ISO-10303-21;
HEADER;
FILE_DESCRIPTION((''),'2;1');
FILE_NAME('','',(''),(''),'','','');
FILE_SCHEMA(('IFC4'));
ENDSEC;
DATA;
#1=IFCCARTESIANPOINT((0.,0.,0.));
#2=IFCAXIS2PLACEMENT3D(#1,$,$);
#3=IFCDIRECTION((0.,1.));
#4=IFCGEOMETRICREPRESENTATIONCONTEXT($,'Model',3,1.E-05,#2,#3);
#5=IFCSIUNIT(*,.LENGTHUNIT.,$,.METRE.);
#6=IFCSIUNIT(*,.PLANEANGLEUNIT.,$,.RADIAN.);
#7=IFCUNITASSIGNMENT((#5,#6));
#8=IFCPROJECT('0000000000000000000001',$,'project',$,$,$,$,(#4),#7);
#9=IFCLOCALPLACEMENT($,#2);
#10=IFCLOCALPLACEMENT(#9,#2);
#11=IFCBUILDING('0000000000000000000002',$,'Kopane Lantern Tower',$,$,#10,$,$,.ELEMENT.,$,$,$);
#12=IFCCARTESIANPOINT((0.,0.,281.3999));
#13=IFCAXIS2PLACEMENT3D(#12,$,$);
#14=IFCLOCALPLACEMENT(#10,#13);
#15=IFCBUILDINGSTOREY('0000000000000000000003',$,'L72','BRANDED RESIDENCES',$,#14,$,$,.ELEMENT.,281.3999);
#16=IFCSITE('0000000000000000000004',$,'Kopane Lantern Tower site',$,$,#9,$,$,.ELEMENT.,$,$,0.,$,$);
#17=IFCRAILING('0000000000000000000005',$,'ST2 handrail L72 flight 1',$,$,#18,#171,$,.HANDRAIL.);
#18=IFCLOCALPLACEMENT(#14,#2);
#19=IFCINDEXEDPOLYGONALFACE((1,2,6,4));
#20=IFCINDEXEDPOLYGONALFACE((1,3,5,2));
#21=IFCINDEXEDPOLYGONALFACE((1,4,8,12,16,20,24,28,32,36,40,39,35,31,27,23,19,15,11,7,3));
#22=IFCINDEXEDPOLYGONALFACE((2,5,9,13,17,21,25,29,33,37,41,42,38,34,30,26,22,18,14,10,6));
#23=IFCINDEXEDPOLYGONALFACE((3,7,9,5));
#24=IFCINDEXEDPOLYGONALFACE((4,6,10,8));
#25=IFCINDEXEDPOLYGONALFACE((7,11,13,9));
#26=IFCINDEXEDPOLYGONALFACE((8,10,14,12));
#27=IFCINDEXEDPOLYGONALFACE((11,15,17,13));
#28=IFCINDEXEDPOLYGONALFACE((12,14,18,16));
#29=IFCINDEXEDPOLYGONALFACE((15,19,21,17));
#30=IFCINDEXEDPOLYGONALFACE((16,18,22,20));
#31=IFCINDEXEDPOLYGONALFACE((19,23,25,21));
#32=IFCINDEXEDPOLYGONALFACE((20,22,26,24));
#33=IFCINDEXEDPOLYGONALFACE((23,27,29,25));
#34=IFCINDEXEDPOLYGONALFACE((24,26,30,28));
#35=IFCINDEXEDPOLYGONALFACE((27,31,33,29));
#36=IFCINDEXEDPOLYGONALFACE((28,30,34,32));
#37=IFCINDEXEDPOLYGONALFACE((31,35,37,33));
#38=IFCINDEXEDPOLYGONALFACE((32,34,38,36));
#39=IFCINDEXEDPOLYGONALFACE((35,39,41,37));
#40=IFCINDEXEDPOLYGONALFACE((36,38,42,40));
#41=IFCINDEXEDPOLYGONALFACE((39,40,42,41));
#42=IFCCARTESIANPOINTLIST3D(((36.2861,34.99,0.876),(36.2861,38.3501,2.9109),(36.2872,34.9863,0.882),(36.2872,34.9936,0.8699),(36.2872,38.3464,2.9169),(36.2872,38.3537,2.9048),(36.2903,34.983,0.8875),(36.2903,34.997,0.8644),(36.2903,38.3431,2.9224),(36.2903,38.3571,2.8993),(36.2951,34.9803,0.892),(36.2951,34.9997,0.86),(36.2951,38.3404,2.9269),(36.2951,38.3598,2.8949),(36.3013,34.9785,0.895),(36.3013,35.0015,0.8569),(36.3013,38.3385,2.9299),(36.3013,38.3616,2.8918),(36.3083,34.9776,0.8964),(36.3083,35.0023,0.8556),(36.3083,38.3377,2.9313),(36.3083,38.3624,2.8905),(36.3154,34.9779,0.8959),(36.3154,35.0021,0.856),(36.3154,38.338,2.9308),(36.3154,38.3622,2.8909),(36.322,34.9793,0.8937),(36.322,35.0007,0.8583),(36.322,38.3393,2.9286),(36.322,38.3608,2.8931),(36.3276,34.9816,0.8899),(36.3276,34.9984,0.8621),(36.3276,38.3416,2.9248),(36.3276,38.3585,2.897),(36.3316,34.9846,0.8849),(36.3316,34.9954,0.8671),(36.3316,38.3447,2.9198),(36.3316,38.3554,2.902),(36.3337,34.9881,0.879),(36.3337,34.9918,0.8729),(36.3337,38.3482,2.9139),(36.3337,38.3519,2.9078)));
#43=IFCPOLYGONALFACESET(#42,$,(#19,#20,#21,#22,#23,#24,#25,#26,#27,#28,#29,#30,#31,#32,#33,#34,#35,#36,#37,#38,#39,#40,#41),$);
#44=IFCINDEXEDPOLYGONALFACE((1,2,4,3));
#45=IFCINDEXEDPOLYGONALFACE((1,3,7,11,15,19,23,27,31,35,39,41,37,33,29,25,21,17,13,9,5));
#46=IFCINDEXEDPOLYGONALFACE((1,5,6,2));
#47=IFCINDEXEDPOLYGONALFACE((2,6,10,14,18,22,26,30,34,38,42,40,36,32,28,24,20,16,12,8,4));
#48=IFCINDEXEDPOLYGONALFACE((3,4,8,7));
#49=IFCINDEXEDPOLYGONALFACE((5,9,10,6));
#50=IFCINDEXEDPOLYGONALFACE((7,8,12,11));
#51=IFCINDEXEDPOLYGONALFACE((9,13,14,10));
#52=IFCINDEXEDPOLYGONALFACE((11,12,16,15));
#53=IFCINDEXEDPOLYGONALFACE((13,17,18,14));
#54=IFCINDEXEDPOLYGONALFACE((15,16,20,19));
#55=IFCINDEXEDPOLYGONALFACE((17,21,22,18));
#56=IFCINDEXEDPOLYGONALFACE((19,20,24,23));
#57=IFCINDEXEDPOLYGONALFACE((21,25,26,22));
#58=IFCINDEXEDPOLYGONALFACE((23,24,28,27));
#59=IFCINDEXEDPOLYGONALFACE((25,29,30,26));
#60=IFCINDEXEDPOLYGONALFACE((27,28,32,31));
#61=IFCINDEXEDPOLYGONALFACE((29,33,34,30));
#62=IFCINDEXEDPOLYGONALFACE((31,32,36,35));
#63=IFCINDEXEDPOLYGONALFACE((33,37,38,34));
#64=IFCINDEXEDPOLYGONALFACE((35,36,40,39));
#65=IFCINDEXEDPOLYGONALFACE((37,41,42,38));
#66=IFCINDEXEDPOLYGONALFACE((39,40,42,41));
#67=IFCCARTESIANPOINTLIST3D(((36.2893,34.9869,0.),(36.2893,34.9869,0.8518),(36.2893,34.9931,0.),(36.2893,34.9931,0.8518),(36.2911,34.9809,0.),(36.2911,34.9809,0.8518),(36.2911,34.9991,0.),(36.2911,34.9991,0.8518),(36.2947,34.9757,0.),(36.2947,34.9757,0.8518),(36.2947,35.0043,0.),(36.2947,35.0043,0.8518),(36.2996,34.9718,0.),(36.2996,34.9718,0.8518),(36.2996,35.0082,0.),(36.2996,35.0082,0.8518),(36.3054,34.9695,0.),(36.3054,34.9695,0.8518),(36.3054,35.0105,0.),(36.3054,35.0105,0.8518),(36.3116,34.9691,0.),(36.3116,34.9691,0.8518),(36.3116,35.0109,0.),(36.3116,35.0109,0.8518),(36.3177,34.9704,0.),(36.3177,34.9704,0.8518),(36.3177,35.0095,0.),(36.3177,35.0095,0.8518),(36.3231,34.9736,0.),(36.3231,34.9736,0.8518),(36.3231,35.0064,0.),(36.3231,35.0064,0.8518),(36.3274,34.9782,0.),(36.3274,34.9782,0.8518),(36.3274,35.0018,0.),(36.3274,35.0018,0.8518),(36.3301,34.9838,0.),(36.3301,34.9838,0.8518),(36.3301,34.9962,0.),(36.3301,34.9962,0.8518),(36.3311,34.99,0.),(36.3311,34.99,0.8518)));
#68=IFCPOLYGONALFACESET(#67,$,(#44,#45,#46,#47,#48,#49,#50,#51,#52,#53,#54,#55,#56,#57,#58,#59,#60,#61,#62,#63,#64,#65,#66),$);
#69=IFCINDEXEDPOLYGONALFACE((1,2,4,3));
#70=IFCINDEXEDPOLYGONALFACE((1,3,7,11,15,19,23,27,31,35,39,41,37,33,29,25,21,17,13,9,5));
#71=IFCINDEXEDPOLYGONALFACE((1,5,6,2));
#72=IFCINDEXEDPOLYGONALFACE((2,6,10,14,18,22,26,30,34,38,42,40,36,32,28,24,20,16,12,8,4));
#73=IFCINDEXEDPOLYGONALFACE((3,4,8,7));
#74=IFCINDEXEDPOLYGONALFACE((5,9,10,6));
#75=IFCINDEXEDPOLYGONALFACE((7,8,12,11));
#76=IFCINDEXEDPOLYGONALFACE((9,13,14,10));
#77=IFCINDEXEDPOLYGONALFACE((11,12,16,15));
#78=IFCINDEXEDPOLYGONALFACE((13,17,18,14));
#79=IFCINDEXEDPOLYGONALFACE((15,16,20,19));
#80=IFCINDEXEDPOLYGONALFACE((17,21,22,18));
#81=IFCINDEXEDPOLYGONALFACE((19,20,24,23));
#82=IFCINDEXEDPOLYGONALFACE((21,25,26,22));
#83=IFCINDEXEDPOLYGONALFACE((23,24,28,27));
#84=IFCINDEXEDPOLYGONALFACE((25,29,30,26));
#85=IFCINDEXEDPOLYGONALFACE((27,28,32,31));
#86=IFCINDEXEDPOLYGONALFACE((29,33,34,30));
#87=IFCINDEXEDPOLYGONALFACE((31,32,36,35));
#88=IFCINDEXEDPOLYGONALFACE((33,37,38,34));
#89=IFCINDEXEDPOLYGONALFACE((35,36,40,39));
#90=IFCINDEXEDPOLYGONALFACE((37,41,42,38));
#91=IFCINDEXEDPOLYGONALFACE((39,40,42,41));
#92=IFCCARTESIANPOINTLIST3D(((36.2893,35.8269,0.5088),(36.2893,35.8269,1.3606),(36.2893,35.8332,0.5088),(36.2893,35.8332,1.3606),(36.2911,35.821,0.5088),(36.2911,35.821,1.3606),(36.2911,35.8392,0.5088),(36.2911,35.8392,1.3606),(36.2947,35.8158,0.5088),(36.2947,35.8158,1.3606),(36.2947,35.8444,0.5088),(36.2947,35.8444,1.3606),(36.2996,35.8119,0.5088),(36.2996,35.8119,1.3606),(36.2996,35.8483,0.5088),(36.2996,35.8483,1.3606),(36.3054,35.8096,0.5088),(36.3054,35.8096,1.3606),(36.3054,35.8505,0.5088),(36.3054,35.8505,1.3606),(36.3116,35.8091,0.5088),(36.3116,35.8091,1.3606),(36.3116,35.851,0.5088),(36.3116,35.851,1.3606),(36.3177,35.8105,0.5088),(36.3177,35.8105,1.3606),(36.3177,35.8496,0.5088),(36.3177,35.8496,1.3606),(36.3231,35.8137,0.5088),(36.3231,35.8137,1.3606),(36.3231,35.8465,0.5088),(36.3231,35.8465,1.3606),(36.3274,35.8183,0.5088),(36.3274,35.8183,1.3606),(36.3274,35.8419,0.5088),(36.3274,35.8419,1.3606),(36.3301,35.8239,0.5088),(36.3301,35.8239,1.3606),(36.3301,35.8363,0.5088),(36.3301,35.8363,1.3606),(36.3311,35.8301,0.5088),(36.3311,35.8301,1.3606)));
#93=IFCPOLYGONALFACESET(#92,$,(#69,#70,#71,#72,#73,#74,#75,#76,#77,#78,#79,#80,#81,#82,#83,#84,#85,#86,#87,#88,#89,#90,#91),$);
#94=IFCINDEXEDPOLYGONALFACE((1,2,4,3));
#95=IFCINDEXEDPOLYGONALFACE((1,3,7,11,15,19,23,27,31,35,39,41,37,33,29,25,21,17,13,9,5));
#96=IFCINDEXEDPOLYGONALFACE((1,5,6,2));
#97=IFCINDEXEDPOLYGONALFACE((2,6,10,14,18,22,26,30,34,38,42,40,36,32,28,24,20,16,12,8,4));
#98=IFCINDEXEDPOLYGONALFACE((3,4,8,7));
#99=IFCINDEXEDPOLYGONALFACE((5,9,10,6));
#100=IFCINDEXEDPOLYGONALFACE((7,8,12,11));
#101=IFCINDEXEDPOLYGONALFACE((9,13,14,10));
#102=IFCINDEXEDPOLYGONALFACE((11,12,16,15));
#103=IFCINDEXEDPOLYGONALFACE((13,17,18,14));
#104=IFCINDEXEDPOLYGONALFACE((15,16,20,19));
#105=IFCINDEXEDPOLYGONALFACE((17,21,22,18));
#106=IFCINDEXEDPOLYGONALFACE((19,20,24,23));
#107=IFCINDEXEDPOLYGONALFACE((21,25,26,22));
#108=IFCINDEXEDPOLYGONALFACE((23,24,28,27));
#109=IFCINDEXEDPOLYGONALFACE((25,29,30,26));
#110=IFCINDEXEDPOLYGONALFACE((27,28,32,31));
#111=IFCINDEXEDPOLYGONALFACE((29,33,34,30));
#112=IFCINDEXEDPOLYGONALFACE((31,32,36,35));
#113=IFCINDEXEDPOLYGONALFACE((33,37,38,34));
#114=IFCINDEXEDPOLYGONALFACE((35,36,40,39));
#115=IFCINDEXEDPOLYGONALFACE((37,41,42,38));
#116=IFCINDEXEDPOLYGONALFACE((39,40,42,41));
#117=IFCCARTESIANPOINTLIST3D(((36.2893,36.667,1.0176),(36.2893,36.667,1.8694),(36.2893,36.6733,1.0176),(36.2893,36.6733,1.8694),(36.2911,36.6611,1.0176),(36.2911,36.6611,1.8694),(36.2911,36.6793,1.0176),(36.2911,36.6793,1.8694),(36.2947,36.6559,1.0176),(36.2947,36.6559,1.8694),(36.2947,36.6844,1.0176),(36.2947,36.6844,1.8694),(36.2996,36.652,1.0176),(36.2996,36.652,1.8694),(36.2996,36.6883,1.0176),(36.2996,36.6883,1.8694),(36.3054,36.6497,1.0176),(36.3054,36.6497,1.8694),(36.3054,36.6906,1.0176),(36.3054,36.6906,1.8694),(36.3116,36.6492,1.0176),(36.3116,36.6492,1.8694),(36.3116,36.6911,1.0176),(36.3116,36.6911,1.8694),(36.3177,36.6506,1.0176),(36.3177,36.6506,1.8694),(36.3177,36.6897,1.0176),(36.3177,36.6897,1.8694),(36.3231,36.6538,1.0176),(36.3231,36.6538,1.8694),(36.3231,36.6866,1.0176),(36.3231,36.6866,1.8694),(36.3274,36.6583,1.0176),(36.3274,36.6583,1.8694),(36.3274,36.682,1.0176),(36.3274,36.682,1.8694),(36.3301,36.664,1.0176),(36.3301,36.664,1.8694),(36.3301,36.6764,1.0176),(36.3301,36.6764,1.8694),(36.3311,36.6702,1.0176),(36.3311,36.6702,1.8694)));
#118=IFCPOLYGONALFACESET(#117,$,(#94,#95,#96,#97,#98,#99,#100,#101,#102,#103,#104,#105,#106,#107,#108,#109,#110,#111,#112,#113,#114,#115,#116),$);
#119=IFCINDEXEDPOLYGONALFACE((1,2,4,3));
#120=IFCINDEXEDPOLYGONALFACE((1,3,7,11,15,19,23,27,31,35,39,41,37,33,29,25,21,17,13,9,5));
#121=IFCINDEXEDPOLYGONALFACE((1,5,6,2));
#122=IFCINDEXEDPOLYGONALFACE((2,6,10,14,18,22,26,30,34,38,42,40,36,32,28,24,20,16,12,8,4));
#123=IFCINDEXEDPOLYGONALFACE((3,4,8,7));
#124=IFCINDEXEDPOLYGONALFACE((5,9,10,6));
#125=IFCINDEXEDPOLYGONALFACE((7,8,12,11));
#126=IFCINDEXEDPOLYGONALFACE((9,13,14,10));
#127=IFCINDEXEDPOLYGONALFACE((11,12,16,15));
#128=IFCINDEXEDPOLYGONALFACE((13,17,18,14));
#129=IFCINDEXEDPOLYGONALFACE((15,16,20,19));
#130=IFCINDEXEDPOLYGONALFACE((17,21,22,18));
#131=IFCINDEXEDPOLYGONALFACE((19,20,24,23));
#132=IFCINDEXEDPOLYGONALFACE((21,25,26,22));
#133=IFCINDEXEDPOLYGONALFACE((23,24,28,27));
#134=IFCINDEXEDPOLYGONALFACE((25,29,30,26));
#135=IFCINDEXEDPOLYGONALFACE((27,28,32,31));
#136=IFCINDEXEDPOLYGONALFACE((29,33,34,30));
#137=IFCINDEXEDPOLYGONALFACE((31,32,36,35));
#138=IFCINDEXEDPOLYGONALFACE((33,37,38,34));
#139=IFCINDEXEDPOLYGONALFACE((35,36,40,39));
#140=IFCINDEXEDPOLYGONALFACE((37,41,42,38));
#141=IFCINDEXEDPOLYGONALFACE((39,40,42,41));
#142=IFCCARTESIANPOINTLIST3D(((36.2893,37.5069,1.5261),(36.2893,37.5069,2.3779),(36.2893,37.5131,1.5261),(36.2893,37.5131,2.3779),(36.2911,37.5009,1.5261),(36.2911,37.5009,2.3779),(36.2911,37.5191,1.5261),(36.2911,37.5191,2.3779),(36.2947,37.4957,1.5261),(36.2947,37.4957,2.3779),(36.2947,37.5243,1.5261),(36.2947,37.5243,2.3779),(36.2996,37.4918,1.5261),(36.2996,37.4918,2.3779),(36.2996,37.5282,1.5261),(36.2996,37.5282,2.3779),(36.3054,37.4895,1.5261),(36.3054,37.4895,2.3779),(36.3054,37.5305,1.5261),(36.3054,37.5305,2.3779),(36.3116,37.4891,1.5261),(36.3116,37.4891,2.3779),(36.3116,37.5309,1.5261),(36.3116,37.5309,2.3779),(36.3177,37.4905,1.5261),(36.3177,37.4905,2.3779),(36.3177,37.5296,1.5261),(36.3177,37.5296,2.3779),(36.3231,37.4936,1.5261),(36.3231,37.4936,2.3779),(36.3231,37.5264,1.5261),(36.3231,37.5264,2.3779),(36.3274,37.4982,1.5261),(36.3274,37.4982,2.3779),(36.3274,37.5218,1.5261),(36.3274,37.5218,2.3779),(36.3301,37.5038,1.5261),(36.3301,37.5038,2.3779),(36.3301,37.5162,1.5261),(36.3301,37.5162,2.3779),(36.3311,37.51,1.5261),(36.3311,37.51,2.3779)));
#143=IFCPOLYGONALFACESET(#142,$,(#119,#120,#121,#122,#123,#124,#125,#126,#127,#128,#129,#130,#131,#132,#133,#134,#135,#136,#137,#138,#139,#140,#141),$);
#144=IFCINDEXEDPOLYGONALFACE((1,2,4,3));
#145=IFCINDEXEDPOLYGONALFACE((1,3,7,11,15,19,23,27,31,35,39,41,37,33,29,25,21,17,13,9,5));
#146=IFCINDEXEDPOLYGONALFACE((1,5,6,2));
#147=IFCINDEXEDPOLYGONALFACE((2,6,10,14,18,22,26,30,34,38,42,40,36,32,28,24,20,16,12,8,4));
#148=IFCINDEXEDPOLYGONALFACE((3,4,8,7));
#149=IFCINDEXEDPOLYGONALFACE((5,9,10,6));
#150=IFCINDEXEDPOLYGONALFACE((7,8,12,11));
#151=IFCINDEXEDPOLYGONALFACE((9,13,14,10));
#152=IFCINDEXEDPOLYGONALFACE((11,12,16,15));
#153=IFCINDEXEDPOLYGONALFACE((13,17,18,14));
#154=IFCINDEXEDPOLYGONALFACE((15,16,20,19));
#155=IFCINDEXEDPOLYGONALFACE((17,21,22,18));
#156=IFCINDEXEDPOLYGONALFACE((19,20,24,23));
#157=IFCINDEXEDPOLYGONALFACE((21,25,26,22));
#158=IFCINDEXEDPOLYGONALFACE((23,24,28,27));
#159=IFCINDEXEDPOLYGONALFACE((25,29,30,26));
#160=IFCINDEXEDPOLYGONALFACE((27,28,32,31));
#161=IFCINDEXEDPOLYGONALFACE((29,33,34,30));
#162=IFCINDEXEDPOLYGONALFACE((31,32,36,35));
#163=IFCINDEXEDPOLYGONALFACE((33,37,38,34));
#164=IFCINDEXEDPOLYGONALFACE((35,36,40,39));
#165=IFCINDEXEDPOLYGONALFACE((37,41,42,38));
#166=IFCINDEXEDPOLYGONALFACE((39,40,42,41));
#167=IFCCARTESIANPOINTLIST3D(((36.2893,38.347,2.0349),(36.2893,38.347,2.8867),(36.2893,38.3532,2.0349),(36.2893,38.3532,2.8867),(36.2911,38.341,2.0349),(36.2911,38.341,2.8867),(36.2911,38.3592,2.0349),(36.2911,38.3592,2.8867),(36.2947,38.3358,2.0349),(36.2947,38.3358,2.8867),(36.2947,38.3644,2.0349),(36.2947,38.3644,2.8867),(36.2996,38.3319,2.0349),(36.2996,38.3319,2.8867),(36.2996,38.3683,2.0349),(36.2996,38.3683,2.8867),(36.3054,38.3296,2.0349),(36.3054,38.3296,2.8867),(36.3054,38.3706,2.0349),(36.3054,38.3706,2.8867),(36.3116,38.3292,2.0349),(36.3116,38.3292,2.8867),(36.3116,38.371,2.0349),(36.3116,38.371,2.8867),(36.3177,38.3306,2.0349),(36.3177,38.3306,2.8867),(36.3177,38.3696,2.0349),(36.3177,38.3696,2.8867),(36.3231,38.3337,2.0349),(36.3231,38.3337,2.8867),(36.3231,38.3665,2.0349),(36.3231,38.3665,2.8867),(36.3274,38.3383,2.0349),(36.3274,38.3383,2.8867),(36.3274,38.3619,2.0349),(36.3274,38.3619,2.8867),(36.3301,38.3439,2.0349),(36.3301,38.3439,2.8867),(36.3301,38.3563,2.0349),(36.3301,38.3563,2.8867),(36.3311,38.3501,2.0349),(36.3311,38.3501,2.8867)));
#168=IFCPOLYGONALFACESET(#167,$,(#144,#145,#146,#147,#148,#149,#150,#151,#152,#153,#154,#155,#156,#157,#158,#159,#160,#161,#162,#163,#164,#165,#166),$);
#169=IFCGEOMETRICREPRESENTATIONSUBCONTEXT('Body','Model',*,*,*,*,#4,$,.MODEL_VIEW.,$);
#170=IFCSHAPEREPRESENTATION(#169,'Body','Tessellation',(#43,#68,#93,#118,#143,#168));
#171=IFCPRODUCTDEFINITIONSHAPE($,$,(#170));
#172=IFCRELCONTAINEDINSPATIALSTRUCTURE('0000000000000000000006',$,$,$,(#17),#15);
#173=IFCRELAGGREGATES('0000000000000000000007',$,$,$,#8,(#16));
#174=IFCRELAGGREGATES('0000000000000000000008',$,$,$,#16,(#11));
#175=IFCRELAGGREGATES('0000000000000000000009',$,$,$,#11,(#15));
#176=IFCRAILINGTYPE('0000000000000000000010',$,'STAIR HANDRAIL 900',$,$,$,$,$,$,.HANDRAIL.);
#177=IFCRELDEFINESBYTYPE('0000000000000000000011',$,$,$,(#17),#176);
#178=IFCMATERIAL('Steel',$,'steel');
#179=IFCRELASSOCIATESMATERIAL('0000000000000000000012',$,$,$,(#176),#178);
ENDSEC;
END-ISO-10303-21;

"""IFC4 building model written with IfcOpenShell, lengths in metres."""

from ifc_helpers import new_model, si_unit, direction, frame, origin, origin_2d, place, context, subcontext, project, spatial, circle, extrude, material, type_object, element, save


model = new_model("IFC4")

# Units and contexts
model_context = context("Model", 3, precision=1e-05, world=origin(), true_north=direction((0.0, 1.0)))
body_context = subcontext(model_context, "Body", "Model", "MODEL_VIEW")
ifc_project = project(units=[si_unit("LENGTHUNIT", "METRE"), si_unit("PLANEANGLEUNIT", "RADIAN")], contexts=[model_context])

# Site, building, storey
site_placement = place(None, origin())
site = spatial("IfcSite", under=ifc_project, at=site_placement, Name="Kopane Lantern Tower site", CompositionType="ELEMENT", RefElevation=0.0)
building_placement = place(site_placement, origin())
building = spatial("IfcBuilding", under=site, at=building_placement, Name="Kopane Lantern Tower", CompositionType="ELEMENT")
storey_placement = place(building_placement, frame((0.0, 0.0, 281.3999)))
storey = spatial("IfcBuildingStorey", under=building, at=storey_placement, Name="L72", Description="BRANDED RESIDENCES", CompositionType="ELEMENT", Elevation=281.3999)

# Railing
ifc_material_1 = material(Name="Steel", Category="steel")
railing_type_1 = type_object("IfcRailingType", Name="STAIR HANDRAIL 900", PredefinedType="HANDRAIL", material=ifc_material_1)
for number, where, name in (
    (1, (36.3101, 34.99, 0.0), "ST2 handrail L72 flight 1"),
):
    element("IfcRailing", number, at=place(storey_placement, frame(where)), inside=storey, type_object=railing_type_1, Name=name, PredefinedType="HANDRAIL", context=body_context, shape_type="SweptSolid", body=[
        extrude(circle(Radius=0.0239, at=origin_2d()), frame((0.0, 0.0, 0.876), z_axis=(0.0, 0.855369, 0.518019), x_axis=(-1.0, 0.0, 0.0)), (0.0, 0.0, 1.0), 3.9282),
        extrude(circle(Radius=0.021, at=origin_2d()), origin(), (0.0, 0.0, 1.0), 0.8518),
        extrude(circle(Radius=0.021, at=origin_2d()), frame((0.0, 0.8401, 0.5088)), (0.0, 0.0, 1.0), 0.8518),
        extrude(circle(Radius=0.021, at=origin_2d()), frame((0.0, 1.6802, 1.0176)), (0.0, 0.0, 1.0), 0.8518),
        extrude(circle(Radius=0.021, at=origin_2d()), frame((0.0, 2.52, 1.5261)), (0.0, 0.0, 1.0), 0.8518),
        extrude(circle(Radius=0.021, at=origin_2d()), frame((0.0, 3.3601, 2.0349)), (0.0, 0.0, 1.0), 0.8518),
    ])

save(model, "model.ifc")
